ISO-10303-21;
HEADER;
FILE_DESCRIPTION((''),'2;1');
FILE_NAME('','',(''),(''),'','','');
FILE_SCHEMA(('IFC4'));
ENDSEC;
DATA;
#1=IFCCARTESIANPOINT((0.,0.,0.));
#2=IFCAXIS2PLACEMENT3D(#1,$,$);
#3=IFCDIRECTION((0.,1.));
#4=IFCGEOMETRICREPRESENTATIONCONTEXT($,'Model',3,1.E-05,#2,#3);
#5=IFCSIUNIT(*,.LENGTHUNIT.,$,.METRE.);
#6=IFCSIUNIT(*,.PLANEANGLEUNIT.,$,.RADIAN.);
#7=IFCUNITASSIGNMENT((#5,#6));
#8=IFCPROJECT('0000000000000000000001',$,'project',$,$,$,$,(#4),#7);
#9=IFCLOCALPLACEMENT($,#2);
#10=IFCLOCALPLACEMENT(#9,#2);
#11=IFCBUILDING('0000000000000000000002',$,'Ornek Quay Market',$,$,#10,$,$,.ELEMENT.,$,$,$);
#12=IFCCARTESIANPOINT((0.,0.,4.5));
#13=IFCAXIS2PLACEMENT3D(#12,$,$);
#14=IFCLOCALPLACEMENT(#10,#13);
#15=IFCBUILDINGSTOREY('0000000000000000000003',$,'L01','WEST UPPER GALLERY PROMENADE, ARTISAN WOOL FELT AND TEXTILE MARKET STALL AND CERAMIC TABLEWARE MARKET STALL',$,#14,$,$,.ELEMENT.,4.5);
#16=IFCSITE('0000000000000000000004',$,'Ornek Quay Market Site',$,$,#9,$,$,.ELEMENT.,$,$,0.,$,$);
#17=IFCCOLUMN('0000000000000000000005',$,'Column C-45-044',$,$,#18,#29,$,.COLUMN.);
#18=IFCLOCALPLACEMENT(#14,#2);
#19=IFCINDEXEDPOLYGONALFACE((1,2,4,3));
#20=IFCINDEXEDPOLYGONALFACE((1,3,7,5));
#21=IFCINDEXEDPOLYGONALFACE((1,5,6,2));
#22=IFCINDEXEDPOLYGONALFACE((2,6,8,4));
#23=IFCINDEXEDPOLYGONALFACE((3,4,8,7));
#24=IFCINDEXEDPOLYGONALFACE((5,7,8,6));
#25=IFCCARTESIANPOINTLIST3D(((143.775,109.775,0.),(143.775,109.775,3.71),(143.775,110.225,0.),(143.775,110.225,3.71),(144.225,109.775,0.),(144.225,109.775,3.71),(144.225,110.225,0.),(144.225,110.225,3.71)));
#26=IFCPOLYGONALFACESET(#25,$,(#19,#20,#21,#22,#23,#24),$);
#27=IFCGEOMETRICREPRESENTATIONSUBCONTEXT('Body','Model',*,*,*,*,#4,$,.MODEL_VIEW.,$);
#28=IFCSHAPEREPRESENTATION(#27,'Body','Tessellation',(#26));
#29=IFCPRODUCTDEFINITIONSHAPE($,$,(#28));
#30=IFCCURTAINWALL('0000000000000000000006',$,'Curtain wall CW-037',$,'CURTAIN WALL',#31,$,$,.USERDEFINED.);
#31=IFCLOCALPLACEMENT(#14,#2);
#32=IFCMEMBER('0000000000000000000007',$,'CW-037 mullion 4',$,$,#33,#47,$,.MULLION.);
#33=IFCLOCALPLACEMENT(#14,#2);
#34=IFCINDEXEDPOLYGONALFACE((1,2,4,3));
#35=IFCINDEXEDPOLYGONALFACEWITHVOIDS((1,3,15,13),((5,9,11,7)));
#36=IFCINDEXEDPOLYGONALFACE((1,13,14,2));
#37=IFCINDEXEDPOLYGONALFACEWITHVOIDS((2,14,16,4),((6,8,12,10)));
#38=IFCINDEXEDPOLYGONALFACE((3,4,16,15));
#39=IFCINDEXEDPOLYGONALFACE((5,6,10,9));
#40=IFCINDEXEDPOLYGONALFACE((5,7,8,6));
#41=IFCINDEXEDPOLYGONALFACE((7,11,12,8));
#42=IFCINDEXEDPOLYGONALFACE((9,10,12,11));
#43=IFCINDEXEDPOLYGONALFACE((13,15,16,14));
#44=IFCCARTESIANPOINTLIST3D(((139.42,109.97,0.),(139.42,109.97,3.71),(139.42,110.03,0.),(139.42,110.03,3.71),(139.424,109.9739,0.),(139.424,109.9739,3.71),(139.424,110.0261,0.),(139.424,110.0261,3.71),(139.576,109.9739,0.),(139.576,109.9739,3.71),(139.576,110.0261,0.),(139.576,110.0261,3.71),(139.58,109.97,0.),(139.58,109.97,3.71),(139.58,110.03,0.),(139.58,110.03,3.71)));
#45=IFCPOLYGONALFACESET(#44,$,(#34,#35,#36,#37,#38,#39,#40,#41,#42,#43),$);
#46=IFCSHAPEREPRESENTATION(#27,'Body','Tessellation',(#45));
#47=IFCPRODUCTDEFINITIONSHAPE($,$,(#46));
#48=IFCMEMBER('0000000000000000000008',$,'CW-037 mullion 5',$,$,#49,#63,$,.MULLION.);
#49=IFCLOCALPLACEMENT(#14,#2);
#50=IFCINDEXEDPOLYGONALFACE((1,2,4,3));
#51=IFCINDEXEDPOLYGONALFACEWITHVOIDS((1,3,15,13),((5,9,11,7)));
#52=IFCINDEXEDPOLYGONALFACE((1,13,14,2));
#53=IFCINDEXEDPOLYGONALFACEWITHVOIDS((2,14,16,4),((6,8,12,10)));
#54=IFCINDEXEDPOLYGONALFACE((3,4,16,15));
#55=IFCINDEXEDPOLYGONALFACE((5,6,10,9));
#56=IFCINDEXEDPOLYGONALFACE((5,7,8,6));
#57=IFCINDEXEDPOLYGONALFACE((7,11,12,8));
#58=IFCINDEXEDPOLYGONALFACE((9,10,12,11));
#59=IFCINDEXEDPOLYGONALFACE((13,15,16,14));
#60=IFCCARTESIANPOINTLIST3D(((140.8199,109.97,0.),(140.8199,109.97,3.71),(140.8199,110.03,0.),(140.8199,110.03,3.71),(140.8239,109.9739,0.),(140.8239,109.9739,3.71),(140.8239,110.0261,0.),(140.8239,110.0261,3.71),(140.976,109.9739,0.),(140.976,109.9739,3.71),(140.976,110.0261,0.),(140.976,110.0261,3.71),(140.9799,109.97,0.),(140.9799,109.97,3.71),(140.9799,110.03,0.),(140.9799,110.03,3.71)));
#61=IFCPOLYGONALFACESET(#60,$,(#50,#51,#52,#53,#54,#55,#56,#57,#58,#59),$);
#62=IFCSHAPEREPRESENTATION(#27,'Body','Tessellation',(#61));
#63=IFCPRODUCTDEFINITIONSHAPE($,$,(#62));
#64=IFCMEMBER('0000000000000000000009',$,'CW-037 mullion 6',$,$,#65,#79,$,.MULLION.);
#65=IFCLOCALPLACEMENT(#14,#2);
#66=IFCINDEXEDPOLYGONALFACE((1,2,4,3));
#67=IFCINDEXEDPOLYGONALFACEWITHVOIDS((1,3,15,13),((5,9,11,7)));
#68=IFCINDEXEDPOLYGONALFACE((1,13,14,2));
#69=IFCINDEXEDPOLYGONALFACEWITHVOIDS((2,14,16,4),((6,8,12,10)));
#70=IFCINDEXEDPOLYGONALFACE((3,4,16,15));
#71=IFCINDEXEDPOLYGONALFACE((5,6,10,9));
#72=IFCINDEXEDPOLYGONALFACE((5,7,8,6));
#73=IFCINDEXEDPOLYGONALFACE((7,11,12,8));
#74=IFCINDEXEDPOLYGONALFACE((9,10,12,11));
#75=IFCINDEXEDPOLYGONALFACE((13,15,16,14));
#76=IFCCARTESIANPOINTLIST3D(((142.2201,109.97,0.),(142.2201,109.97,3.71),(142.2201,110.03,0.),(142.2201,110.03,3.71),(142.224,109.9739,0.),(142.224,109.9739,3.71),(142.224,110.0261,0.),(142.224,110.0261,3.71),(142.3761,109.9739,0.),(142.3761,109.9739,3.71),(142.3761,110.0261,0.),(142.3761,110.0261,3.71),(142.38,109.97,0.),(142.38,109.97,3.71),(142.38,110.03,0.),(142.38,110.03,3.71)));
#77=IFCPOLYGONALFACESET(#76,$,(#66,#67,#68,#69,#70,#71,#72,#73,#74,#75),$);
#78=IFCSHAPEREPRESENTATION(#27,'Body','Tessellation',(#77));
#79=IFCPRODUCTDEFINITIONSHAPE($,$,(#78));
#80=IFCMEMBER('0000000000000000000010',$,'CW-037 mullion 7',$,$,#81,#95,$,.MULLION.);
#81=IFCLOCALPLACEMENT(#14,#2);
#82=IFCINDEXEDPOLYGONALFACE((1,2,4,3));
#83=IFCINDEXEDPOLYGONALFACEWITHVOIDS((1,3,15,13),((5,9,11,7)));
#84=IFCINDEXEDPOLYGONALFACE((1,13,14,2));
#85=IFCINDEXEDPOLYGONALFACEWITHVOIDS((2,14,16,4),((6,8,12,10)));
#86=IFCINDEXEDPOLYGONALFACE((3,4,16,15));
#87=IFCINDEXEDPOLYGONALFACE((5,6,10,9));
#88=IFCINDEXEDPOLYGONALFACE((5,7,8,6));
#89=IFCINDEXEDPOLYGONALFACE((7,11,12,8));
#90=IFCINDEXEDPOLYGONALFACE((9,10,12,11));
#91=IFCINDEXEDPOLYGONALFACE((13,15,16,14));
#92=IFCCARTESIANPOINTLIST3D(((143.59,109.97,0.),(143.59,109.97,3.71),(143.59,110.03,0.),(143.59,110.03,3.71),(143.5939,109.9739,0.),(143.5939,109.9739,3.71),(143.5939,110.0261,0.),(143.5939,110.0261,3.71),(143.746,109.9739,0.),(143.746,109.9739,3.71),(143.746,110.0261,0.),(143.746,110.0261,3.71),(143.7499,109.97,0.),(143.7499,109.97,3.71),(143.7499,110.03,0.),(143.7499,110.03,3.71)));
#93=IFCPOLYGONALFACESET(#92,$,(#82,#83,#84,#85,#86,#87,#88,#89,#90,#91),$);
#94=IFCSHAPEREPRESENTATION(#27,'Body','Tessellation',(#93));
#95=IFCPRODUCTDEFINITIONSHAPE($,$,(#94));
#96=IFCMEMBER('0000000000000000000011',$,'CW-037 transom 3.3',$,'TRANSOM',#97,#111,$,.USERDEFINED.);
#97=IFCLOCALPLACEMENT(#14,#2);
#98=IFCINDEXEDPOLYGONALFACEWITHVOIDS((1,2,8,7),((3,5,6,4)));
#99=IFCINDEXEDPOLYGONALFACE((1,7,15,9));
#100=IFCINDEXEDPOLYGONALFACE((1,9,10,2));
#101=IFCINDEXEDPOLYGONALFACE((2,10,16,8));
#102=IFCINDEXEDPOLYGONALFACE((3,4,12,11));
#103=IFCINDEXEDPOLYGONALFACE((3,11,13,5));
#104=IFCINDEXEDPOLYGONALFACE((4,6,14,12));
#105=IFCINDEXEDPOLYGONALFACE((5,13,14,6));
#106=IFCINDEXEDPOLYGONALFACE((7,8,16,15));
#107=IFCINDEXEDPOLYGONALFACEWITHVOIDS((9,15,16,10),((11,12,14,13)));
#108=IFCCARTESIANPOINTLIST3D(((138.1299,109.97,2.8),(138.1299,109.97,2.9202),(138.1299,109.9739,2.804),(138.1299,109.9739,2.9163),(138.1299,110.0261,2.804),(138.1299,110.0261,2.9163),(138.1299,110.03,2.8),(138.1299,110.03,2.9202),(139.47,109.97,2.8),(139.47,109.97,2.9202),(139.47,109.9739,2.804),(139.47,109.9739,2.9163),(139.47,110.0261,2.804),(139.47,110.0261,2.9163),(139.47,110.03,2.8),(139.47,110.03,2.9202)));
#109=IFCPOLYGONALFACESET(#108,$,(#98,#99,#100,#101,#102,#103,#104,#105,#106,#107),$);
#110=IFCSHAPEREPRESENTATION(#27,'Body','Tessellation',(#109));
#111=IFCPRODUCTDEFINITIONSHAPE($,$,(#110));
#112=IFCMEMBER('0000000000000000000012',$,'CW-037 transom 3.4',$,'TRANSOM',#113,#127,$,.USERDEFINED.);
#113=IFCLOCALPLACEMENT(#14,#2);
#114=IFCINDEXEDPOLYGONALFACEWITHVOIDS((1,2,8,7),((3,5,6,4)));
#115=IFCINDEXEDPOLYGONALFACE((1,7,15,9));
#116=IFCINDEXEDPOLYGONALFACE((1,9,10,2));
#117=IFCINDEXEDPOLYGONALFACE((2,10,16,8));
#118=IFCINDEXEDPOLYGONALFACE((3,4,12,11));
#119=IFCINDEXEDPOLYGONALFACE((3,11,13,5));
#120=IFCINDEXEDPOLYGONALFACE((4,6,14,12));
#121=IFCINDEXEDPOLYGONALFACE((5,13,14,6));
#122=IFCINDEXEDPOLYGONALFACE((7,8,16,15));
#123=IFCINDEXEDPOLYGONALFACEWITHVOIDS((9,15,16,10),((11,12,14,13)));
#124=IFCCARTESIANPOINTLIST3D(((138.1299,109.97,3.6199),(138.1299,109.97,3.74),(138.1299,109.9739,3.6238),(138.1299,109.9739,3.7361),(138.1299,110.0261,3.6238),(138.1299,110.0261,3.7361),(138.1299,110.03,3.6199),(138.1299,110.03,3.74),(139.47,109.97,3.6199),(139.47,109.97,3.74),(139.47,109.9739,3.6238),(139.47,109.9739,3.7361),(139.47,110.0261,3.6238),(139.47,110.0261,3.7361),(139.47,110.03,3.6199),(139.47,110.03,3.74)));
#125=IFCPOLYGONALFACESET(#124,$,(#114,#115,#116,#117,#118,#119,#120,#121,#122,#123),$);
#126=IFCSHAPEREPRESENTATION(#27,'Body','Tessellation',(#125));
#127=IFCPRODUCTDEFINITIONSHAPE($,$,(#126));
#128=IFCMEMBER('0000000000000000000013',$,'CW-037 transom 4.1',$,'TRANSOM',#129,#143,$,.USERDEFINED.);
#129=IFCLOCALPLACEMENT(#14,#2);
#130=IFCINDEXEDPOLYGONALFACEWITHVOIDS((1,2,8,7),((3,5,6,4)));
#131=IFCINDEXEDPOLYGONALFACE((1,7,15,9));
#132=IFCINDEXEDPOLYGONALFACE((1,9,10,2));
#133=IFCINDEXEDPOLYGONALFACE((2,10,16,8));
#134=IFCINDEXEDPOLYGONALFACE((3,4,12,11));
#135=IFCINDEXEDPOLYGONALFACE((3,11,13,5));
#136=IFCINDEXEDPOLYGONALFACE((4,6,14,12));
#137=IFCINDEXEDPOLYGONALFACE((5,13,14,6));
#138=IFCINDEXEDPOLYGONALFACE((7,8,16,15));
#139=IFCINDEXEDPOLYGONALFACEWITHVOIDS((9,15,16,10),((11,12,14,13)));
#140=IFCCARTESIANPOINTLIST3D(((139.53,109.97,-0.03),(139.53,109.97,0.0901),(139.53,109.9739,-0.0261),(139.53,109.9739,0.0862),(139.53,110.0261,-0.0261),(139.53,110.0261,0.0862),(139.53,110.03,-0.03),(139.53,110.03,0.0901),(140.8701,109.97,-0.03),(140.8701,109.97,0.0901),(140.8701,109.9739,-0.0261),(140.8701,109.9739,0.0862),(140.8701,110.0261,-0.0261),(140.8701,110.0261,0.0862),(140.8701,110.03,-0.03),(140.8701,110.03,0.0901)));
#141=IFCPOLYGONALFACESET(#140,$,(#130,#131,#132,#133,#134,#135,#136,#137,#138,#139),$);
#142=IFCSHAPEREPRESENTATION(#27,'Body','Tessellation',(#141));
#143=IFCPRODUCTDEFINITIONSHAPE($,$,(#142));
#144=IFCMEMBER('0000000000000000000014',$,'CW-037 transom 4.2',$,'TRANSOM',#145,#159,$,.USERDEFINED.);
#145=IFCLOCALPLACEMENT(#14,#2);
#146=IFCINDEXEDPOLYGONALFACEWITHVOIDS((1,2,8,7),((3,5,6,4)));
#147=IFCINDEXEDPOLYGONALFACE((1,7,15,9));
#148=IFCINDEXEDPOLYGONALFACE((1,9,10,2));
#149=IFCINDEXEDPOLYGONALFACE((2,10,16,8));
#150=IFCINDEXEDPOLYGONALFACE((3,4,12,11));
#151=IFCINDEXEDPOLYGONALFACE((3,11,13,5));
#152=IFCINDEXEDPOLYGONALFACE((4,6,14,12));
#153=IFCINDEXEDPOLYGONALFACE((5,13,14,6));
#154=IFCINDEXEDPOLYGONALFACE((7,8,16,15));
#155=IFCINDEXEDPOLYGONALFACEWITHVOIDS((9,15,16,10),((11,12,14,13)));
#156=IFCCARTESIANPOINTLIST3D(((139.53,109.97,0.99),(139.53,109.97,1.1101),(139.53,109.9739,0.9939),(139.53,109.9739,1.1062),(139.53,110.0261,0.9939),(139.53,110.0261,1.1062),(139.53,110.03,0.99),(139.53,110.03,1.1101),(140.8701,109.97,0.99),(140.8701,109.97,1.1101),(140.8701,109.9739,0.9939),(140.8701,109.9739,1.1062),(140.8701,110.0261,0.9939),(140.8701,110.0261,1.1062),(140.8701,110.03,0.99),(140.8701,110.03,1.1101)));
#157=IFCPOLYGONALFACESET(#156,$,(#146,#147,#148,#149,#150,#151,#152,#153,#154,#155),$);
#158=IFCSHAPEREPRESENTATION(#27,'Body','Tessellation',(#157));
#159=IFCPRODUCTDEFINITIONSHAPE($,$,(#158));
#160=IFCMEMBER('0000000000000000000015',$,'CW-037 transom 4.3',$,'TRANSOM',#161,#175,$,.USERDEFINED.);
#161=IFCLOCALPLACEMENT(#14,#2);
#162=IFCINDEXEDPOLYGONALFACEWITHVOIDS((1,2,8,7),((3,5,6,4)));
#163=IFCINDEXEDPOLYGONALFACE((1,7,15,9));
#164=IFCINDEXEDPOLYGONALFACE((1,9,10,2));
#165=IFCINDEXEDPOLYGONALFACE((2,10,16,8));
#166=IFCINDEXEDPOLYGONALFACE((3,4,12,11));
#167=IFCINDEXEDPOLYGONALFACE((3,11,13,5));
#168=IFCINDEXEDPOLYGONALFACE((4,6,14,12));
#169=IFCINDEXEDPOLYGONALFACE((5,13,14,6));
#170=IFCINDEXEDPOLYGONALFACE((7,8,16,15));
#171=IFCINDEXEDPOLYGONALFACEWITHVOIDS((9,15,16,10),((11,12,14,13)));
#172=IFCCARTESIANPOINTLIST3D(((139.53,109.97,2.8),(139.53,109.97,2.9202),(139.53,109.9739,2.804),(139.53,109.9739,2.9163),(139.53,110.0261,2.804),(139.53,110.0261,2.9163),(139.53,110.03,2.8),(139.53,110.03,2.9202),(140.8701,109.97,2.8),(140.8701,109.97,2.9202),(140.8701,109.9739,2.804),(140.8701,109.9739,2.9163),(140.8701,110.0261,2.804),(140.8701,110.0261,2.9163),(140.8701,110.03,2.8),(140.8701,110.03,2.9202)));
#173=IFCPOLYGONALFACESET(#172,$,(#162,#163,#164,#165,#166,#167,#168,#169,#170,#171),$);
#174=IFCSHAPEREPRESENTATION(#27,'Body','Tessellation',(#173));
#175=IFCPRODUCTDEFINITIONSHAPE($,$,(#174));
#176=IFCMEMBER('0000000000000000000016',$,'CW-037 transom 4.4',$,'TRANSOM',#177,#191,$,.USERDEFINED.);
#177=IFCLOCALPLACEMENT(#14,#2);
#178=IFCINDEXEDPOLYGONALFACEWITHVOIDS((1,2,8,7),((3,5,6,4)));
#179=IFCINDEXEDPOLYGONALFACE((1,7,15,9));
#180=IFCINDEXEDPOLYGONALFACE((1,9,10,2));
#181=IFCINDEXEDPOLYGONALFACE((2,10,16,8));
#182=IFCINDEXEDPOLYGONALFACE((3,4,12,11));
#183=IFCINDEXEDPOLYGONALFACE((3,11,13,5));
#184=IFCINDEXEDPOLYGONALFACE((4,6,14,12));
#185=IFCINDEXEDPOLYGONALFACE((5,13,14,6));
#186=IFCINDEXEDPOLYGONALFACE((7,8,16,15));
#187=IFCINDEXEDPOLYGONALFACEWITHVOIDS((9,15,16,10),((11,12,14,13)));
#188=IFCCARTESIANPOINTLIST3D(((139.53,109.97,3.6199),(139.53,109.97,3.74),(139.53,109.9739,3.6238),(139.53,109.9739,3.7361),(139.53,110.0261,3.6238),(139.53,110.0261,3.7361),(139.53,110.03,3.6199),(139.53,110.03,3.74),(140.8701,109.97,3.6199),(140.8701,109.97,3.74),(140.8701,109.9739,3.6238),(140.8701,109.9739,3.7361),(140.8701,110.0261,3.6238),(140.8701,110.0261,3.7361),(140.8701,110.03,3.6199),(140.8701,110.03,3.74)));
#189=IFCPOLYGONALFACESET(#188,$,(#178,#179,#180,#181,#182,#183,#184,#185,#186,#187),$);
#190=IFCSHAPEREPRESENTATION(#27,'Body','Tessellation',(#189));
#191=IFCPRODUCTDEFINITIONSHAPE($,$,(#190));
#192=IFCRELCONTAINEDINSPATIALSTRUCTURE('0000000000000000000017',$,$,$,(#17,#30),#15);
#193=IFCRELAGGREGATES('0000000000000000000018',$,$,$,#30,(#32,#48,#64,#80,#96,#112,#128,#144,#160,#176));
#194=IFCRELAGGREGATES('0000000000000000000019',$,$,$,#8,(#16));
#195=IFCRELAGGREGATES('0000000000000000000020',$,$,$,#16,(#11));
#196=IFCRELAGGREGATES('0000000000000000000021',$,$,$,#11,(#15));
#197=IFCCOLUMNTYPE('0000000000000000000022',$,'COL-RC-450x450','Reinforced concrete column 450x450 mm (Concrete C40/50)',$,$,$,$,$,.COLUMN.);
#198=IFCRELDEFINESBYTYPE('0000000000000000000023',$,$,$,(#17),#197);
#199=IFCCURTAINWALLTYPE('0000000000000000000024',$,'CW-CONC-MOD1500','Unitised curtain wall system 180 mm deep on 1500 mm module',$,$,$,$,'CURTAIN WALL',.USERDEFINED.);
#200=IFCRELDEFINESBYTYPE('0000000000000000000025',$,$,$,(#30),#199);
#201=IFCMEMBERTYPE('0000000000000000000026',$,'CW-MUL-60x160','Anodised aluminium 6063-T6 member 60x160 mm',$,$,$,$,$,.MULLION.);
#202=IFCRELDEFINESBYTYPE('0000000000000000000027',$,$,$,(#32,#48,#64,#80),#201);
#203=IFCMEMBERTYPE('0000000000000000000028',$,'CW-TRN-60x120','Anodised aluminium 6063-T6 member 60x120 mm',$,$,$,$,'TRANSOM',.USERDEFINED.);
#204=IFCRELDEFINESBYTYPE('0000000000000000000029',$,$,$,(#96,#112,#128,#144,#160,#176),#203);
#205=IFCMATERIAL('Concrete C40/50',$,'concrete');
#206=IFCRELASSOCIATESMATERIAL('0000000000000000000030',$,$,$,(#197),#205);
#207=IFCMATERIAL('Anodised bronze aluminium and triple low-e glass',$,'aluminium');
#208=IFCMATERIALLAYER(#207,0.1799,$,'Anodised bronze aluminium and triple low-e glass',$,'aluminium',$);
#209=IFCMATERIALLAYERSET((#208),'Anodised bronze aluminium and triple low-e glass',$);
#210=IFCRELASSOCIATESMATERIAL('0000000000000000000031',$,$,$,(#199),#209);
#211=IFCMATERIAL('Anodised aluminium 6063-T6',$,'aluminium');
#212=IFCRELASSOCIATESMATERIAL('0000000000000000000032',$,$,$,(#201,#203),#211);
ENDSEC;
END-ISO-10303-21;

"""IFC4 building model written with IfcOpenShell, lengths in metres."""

from ifc_helpers import new_model, si_unit, direction, frame, origin, origin_2d, place, context, subcontext, project, spatial, rectangle, hollow_rectangle, extrude, material, layer, layer_set, material_profile, profile_set, type_object, element, aggregate, save


model = new_model("IFC4")

# Units and contexts
model_context = context("Model", 3, precision=1e-05, world=origin(), true_north=direction((0.0, 1.0)))
body_context = subcontext(model_context, "Body", "Model", "MODEL_VIEW")
ifc_project = project(units=[si_unit("LENGTHUNIT", "METRE"), si_unit("PLANEANGLEUNIT", "RADIAN")], contexts=[model_context])

# Site, building, storey
site_placement = place(None, origin())
site = spatial("IfcSite", under=ifc_project, at=site_placement, Name="Ornek Quay Market Site", CompositionType="ELEMENT", RefElevation=0.0)
building_placement = place(site_placement, origin())
building = spatial("IfcBuilding", under=site, at=building_placement, Name="Ornek Quay Market", CompositionType="ELEMENT")
storey_placement = place(building_placement, frame((0.0, 0.0, 4.5)))
storey = spatial("IfcBuildingStorey", under=building, at=storey_placement, Name="L01", Description="WEST UPPER GALLERY PROMENADE, ARTISAN WOOL FELT AND TEXTILE MARKET STALL AND CERAMIC TABLEWARE MARKET STALL", CompositionType="ELEMENT", Elevation=4.5)

# Column
ifc_material_1 = material(Name="Concrete C40/50", Category="concrete")
ifc_material_profile_1 = material_profile(ifc_material_1, rectangle(XDim=0.45, YDim=0.45, at=origin_2d()), Name="RC 450x450", Category="concrete")
ifc_profile_set_1 = profile_set([ifc_material_profile_1], Name="Concrete C40/50")
column_type = type_object("IfcColumnType", Name="COL-RC-450x450", Description="Reinforced concrete column 450x450 mm (Concrete C40/50)", PredefinedType="COLUMN", material=ifc_profile_set_1)
column_placement = place(storey_placement, frame((144.0, 110.0, 0.0), z_axis=(0.0, 0.0, 1.0), x_axis=(1.0, 0.0, 0.0)))
element("IfcColumn", 1, at=column_placement, inside=storey, type_object=column_type, Name="Column C-45-044", PredefinedType="COLUMN", context=body_context, shape_type="SweptSolid", body=[
    extrude(rectangle(XDim=0.45, YDim=0.45, at=origin_2d()), origin(), (0.0, 0.0, 1.0), 3.71),
])

# Curtain wall, members
ifc_material_2 = material(Name="Anodised bronze aluminium and triple low-e glass", Category="aluminium")
ifc_layer_1 = layer(ifc_material_2, 0.1799, Name="Anodised bronze aluminium and triple low-e glass", Category="aluminium")
ifc_layer_set_1 = layer_set([ifc_layer_1], Name="Anodised bronze aluminium and triple low-e glass")
curtain_wall_type = type_object("IfcCurtainWallType", Name="CW-CONC-MOD1500", Description="Unitised curtain wall system 180 mm deep on 1500 mm module", ElementType="CURTAIN WALL", PredefinedType="USERDEFINED", material=ifc_layer_set_1)
curtain_wall_placement = place(storey_placement, origin())
curtain_wall = element("IfcCurtainWall", 2, at=curtain_wall_placement, inside=storey, type_object=curtain_wall_type, Name="Curtain wall CW-037", ObjectType="CURTAIN WALL", PredefinedType="USERDEFINED")
ifc_material_3 = material(Name="Anodised aluminium 6063-T6", Category="aluminium")
ifc_material_profile_2 = material_profile(ifc_material_3, hollow_rectangle(XDim=0.0601, YDim=0.1599, WallThickness=0.0039, at=origin_2d()), Name="CW-MUL-60x160", Category="aluminium")
ifc_profile_set_2 = profile_set([ifc_material_profile_2], Name="Anodised aluminium 6063-T6")
member_type_1 = type_object("IfcMemberType", Name="CW-MUL-60x160", Description="Anodised aluminium 6063-T6 member 60x160 mm", PredefinedType="MULLION", material=ifc_profile_set_2)
member_1_placement = place(storey_placement, frame((139.5, 110.0, 0.0), z_axis=(0.0, 0.0, 1.0), x_axis=(0.0, 1.0, 0.0)))
member_1 = element("IfcMember", 3, at=member_1_placement, type_object=member_type_1, Name="CW-037 mullion 4", PredefinedType="MULLION", context=body_context, shape_type="SweptSolid", body=[
    extrude(hollow_rectangle(XDim=0.0601, YDim=0.1599, WallThickness=0.0039, at=origin_2d()), origin(), (0.0, 0.0, 1.0), 3.71),
])
member_2_placement = place(storey_placement, frame((140.8999, 110.0, 0.0), z_axis=(0.0, 0.0, 1.0), x_axis=(0.0, 1.0, 0.0)))
member_2 = element("IfcMember", 4, at=member_2_placement, type_object=member_type_1, Name="CW-037 mullion 5", PredefinedType="MULLION", context=body_context, shape_type="SweptSolid", body=[
    extrude(hollow_rectangle(XDim=0.0601, YDim=0.1599, WallThickness=0.0039, at=origin_2d()), origin(), (0.0, 0.0, 1.0), 3.71),
])
member_3_placement = place(storey_placement, frame((142.3, 110.0, 0.0), z_axis=(0.0, 0.0, 1.0), x_axis=(0.0, 1.0, 0.0)))
member_3 = element("IfcMember", 5, at=member_3_placement, type_object=member_type_1, Name="CW-037 mullion 6", PredefinedType="MULLION", context=body_context, shape_type="SweptSolid", body=[
    extrude(hollow_rectangle(XDim=0.0601, YDim=0.1599, WallThickness=0.0039, at=origin_2d()), origin(), (0.0, 0.0, 1.0), 3.71),
])
member_4_placement = place(storey_placement, frame((143.6699, 110.0, 0.0), z_axis=(0.0, 0.0, 1.0), x_axis=(0.0, 1.0, 0.0)))
member_4 = element("IfcMember", 6, at=member_4_placement, type_object=member_type_1, Name="CW-037 mullion 7", PredefinedType="MULLION", context=body_context, shape_type="SweptSolid", body=[
    extrude(hollow_rectangle(XDim=0.0601, YDim=0.1599, WallThickness=0.0039, at=origin_2d()), origin(), (0.0, 0.0, 1.0), 3.71),
])
ifc_material_profile_3 = material_profile(ifc_material_3, hollow_rectangle(XDim=0.0601, YDim=0.1201, WallThickness=0.0039, at=origin_2d()), Name="CW-TRN-60x120", Category="aluminium")
ifc_profile_set_3 = profile_set([ifc_material_profile_3], Name="Anodised aluminium 6063-T6")
member_type_2 = type_object("IfcMemberType", Name="CW-TRN-60x120", Description="Anodised aluminium 6063-T6 member 60x120 mm", ElementType="TRANSOM", PredefinedType="USERDEFINED", material=ifc_profile_set_3)
member_5_placement = place(storey_placement, frame((138.1299, 110.0, 2.8601), z_axis=(1.0, 0.0, 0.0), x_axis=(0.0, 1.0, 0.0)))
member_5 = element("IfcMember", 7, at=member_5_placement, type_object=member_type_2, Name="CW-037 transom 3.3", ObjectType="TRANSOM", PredefinedType="USERDEFINED", context=body_context, shape_type="SweptSolid", body=[
    extrude(hollow_rectangle(XDim=0.0601, YDim=0.1201, WallThickness=0.0039, at=origin_2d()), origin(), (0.0, 0.0, 1.0), 1.3401),
])
member_6_placement = place(storey_placement, frame((138.1299, 110.0, 3.6799), z_axis=(1.0, 0.0, 0.0), x_axis=(0.0, 1.0, 0.0)))
member_6 = element("IfcMember", 8, at=member_6_placement, type_object=member_type_2, Name="CW-037 transom 3.4", ObjectType="TRANSOM", PredefinedType="USERDEFINED", context=body_context, shape_type="SweptSolid", body=[
    extrude(hollow_rectangle(XDim=0.0601, YDim=0.1201, WallThickness=0.0039, at=origin_2d()), origin(), (0.0, 0.0, 1.0), 1.3401),
])
member_7_placement = place(storey_placement, frame((139.53, 110.0, 0.03), z_axis=(1.0, 0.0, 0.0), x_axis=(0.0, 1.0, 0.0)))
member_7 = element("IfcMember", 9, at=member_7_placement, type_object=member_type_2, Name="CW-037 transom 4.1", ObjectType="TRANSOM", PredefinedType="USERDEFINED", context=body_context, shape_type="SweptSolid", body=[
    extrude(hollow_rectangle(XDim=0.0601, YDim=0.1201, WallThickness=0.0039, at=origin_2d()), origin(), (0.0, 0.0, 1.0), 1.3401),
])
member_8_placement = place(storey_placement, frame((139.53, 110.0, 1.05), z_axis=(1.0, 0.0, 0.0), x_axis=(0.0, 1.0, 0.0)))
member_8 = element("IfcMember", 10, at=member_8_placement, type_object=member_type_2, Name="CW-037 transom 4.2", ObjectType="TRANSOM", PredefinedType="USERDEFINED", context=body_context, shape_type="SweptSolid", body=[
    extrude(hollow_rectangle(XDim=0.0601, YDim=0.1201, WallThickness=0.0039, at=origin_2d()), origin(), (0.0, 0.0, 1.0), 1.3401),
])
member_9_placement = place(storey_placement, frame((139.53, 110.0, 2.8601), z_axis=(1.0, 0.0, 0.0), x_axis=(0.0, 1.0, 0.0)))
member_9 = element("IfcMember", 11, at=member_9_placement, type_object=member_type_2, Name="CW-037 transom 4.3", ObjectType="TRANSOM", PredefinedType="USERDEFINED", context=body_context, shape_type="SweptSolid", body=[
    extrude(hollow_rectangle(XDim=0.0601, YDim=0.1201, WallThickness=0.0039, at=origin_2d()), origin(), (0.0, 0.0, 1.0), 1.3401),
])
member_10_placement = place(storey_placement, frame((139.53, 110.0, 3.6799), z_axis=(1.0, 0.0, 0.0), x_axis=(0.0, 1.0, 0.0)))
member_10 = element("IfcMember", 12, at=member_10_placement, type_object=member_type_2, Name="CW-037 transom 4.4", ObjectType="TRANSOM", PredefinedType="USERDEFINED", context=body_context, shape_type="SweptSolid", body=[
    extrude(hollow_rectangle(XDim=0.0601, YDim=0.1201, WallThickness=0.0039, at=origin_2d()), origin(), (0.0, 0.0, 1.0), 1.3401),
])
aggregate(curtain_wall, [member_1, member_2, member_3, member_4, member_5, member_6, member_7, member_8, member_9, member_10])

save(model, "model.ifc")
